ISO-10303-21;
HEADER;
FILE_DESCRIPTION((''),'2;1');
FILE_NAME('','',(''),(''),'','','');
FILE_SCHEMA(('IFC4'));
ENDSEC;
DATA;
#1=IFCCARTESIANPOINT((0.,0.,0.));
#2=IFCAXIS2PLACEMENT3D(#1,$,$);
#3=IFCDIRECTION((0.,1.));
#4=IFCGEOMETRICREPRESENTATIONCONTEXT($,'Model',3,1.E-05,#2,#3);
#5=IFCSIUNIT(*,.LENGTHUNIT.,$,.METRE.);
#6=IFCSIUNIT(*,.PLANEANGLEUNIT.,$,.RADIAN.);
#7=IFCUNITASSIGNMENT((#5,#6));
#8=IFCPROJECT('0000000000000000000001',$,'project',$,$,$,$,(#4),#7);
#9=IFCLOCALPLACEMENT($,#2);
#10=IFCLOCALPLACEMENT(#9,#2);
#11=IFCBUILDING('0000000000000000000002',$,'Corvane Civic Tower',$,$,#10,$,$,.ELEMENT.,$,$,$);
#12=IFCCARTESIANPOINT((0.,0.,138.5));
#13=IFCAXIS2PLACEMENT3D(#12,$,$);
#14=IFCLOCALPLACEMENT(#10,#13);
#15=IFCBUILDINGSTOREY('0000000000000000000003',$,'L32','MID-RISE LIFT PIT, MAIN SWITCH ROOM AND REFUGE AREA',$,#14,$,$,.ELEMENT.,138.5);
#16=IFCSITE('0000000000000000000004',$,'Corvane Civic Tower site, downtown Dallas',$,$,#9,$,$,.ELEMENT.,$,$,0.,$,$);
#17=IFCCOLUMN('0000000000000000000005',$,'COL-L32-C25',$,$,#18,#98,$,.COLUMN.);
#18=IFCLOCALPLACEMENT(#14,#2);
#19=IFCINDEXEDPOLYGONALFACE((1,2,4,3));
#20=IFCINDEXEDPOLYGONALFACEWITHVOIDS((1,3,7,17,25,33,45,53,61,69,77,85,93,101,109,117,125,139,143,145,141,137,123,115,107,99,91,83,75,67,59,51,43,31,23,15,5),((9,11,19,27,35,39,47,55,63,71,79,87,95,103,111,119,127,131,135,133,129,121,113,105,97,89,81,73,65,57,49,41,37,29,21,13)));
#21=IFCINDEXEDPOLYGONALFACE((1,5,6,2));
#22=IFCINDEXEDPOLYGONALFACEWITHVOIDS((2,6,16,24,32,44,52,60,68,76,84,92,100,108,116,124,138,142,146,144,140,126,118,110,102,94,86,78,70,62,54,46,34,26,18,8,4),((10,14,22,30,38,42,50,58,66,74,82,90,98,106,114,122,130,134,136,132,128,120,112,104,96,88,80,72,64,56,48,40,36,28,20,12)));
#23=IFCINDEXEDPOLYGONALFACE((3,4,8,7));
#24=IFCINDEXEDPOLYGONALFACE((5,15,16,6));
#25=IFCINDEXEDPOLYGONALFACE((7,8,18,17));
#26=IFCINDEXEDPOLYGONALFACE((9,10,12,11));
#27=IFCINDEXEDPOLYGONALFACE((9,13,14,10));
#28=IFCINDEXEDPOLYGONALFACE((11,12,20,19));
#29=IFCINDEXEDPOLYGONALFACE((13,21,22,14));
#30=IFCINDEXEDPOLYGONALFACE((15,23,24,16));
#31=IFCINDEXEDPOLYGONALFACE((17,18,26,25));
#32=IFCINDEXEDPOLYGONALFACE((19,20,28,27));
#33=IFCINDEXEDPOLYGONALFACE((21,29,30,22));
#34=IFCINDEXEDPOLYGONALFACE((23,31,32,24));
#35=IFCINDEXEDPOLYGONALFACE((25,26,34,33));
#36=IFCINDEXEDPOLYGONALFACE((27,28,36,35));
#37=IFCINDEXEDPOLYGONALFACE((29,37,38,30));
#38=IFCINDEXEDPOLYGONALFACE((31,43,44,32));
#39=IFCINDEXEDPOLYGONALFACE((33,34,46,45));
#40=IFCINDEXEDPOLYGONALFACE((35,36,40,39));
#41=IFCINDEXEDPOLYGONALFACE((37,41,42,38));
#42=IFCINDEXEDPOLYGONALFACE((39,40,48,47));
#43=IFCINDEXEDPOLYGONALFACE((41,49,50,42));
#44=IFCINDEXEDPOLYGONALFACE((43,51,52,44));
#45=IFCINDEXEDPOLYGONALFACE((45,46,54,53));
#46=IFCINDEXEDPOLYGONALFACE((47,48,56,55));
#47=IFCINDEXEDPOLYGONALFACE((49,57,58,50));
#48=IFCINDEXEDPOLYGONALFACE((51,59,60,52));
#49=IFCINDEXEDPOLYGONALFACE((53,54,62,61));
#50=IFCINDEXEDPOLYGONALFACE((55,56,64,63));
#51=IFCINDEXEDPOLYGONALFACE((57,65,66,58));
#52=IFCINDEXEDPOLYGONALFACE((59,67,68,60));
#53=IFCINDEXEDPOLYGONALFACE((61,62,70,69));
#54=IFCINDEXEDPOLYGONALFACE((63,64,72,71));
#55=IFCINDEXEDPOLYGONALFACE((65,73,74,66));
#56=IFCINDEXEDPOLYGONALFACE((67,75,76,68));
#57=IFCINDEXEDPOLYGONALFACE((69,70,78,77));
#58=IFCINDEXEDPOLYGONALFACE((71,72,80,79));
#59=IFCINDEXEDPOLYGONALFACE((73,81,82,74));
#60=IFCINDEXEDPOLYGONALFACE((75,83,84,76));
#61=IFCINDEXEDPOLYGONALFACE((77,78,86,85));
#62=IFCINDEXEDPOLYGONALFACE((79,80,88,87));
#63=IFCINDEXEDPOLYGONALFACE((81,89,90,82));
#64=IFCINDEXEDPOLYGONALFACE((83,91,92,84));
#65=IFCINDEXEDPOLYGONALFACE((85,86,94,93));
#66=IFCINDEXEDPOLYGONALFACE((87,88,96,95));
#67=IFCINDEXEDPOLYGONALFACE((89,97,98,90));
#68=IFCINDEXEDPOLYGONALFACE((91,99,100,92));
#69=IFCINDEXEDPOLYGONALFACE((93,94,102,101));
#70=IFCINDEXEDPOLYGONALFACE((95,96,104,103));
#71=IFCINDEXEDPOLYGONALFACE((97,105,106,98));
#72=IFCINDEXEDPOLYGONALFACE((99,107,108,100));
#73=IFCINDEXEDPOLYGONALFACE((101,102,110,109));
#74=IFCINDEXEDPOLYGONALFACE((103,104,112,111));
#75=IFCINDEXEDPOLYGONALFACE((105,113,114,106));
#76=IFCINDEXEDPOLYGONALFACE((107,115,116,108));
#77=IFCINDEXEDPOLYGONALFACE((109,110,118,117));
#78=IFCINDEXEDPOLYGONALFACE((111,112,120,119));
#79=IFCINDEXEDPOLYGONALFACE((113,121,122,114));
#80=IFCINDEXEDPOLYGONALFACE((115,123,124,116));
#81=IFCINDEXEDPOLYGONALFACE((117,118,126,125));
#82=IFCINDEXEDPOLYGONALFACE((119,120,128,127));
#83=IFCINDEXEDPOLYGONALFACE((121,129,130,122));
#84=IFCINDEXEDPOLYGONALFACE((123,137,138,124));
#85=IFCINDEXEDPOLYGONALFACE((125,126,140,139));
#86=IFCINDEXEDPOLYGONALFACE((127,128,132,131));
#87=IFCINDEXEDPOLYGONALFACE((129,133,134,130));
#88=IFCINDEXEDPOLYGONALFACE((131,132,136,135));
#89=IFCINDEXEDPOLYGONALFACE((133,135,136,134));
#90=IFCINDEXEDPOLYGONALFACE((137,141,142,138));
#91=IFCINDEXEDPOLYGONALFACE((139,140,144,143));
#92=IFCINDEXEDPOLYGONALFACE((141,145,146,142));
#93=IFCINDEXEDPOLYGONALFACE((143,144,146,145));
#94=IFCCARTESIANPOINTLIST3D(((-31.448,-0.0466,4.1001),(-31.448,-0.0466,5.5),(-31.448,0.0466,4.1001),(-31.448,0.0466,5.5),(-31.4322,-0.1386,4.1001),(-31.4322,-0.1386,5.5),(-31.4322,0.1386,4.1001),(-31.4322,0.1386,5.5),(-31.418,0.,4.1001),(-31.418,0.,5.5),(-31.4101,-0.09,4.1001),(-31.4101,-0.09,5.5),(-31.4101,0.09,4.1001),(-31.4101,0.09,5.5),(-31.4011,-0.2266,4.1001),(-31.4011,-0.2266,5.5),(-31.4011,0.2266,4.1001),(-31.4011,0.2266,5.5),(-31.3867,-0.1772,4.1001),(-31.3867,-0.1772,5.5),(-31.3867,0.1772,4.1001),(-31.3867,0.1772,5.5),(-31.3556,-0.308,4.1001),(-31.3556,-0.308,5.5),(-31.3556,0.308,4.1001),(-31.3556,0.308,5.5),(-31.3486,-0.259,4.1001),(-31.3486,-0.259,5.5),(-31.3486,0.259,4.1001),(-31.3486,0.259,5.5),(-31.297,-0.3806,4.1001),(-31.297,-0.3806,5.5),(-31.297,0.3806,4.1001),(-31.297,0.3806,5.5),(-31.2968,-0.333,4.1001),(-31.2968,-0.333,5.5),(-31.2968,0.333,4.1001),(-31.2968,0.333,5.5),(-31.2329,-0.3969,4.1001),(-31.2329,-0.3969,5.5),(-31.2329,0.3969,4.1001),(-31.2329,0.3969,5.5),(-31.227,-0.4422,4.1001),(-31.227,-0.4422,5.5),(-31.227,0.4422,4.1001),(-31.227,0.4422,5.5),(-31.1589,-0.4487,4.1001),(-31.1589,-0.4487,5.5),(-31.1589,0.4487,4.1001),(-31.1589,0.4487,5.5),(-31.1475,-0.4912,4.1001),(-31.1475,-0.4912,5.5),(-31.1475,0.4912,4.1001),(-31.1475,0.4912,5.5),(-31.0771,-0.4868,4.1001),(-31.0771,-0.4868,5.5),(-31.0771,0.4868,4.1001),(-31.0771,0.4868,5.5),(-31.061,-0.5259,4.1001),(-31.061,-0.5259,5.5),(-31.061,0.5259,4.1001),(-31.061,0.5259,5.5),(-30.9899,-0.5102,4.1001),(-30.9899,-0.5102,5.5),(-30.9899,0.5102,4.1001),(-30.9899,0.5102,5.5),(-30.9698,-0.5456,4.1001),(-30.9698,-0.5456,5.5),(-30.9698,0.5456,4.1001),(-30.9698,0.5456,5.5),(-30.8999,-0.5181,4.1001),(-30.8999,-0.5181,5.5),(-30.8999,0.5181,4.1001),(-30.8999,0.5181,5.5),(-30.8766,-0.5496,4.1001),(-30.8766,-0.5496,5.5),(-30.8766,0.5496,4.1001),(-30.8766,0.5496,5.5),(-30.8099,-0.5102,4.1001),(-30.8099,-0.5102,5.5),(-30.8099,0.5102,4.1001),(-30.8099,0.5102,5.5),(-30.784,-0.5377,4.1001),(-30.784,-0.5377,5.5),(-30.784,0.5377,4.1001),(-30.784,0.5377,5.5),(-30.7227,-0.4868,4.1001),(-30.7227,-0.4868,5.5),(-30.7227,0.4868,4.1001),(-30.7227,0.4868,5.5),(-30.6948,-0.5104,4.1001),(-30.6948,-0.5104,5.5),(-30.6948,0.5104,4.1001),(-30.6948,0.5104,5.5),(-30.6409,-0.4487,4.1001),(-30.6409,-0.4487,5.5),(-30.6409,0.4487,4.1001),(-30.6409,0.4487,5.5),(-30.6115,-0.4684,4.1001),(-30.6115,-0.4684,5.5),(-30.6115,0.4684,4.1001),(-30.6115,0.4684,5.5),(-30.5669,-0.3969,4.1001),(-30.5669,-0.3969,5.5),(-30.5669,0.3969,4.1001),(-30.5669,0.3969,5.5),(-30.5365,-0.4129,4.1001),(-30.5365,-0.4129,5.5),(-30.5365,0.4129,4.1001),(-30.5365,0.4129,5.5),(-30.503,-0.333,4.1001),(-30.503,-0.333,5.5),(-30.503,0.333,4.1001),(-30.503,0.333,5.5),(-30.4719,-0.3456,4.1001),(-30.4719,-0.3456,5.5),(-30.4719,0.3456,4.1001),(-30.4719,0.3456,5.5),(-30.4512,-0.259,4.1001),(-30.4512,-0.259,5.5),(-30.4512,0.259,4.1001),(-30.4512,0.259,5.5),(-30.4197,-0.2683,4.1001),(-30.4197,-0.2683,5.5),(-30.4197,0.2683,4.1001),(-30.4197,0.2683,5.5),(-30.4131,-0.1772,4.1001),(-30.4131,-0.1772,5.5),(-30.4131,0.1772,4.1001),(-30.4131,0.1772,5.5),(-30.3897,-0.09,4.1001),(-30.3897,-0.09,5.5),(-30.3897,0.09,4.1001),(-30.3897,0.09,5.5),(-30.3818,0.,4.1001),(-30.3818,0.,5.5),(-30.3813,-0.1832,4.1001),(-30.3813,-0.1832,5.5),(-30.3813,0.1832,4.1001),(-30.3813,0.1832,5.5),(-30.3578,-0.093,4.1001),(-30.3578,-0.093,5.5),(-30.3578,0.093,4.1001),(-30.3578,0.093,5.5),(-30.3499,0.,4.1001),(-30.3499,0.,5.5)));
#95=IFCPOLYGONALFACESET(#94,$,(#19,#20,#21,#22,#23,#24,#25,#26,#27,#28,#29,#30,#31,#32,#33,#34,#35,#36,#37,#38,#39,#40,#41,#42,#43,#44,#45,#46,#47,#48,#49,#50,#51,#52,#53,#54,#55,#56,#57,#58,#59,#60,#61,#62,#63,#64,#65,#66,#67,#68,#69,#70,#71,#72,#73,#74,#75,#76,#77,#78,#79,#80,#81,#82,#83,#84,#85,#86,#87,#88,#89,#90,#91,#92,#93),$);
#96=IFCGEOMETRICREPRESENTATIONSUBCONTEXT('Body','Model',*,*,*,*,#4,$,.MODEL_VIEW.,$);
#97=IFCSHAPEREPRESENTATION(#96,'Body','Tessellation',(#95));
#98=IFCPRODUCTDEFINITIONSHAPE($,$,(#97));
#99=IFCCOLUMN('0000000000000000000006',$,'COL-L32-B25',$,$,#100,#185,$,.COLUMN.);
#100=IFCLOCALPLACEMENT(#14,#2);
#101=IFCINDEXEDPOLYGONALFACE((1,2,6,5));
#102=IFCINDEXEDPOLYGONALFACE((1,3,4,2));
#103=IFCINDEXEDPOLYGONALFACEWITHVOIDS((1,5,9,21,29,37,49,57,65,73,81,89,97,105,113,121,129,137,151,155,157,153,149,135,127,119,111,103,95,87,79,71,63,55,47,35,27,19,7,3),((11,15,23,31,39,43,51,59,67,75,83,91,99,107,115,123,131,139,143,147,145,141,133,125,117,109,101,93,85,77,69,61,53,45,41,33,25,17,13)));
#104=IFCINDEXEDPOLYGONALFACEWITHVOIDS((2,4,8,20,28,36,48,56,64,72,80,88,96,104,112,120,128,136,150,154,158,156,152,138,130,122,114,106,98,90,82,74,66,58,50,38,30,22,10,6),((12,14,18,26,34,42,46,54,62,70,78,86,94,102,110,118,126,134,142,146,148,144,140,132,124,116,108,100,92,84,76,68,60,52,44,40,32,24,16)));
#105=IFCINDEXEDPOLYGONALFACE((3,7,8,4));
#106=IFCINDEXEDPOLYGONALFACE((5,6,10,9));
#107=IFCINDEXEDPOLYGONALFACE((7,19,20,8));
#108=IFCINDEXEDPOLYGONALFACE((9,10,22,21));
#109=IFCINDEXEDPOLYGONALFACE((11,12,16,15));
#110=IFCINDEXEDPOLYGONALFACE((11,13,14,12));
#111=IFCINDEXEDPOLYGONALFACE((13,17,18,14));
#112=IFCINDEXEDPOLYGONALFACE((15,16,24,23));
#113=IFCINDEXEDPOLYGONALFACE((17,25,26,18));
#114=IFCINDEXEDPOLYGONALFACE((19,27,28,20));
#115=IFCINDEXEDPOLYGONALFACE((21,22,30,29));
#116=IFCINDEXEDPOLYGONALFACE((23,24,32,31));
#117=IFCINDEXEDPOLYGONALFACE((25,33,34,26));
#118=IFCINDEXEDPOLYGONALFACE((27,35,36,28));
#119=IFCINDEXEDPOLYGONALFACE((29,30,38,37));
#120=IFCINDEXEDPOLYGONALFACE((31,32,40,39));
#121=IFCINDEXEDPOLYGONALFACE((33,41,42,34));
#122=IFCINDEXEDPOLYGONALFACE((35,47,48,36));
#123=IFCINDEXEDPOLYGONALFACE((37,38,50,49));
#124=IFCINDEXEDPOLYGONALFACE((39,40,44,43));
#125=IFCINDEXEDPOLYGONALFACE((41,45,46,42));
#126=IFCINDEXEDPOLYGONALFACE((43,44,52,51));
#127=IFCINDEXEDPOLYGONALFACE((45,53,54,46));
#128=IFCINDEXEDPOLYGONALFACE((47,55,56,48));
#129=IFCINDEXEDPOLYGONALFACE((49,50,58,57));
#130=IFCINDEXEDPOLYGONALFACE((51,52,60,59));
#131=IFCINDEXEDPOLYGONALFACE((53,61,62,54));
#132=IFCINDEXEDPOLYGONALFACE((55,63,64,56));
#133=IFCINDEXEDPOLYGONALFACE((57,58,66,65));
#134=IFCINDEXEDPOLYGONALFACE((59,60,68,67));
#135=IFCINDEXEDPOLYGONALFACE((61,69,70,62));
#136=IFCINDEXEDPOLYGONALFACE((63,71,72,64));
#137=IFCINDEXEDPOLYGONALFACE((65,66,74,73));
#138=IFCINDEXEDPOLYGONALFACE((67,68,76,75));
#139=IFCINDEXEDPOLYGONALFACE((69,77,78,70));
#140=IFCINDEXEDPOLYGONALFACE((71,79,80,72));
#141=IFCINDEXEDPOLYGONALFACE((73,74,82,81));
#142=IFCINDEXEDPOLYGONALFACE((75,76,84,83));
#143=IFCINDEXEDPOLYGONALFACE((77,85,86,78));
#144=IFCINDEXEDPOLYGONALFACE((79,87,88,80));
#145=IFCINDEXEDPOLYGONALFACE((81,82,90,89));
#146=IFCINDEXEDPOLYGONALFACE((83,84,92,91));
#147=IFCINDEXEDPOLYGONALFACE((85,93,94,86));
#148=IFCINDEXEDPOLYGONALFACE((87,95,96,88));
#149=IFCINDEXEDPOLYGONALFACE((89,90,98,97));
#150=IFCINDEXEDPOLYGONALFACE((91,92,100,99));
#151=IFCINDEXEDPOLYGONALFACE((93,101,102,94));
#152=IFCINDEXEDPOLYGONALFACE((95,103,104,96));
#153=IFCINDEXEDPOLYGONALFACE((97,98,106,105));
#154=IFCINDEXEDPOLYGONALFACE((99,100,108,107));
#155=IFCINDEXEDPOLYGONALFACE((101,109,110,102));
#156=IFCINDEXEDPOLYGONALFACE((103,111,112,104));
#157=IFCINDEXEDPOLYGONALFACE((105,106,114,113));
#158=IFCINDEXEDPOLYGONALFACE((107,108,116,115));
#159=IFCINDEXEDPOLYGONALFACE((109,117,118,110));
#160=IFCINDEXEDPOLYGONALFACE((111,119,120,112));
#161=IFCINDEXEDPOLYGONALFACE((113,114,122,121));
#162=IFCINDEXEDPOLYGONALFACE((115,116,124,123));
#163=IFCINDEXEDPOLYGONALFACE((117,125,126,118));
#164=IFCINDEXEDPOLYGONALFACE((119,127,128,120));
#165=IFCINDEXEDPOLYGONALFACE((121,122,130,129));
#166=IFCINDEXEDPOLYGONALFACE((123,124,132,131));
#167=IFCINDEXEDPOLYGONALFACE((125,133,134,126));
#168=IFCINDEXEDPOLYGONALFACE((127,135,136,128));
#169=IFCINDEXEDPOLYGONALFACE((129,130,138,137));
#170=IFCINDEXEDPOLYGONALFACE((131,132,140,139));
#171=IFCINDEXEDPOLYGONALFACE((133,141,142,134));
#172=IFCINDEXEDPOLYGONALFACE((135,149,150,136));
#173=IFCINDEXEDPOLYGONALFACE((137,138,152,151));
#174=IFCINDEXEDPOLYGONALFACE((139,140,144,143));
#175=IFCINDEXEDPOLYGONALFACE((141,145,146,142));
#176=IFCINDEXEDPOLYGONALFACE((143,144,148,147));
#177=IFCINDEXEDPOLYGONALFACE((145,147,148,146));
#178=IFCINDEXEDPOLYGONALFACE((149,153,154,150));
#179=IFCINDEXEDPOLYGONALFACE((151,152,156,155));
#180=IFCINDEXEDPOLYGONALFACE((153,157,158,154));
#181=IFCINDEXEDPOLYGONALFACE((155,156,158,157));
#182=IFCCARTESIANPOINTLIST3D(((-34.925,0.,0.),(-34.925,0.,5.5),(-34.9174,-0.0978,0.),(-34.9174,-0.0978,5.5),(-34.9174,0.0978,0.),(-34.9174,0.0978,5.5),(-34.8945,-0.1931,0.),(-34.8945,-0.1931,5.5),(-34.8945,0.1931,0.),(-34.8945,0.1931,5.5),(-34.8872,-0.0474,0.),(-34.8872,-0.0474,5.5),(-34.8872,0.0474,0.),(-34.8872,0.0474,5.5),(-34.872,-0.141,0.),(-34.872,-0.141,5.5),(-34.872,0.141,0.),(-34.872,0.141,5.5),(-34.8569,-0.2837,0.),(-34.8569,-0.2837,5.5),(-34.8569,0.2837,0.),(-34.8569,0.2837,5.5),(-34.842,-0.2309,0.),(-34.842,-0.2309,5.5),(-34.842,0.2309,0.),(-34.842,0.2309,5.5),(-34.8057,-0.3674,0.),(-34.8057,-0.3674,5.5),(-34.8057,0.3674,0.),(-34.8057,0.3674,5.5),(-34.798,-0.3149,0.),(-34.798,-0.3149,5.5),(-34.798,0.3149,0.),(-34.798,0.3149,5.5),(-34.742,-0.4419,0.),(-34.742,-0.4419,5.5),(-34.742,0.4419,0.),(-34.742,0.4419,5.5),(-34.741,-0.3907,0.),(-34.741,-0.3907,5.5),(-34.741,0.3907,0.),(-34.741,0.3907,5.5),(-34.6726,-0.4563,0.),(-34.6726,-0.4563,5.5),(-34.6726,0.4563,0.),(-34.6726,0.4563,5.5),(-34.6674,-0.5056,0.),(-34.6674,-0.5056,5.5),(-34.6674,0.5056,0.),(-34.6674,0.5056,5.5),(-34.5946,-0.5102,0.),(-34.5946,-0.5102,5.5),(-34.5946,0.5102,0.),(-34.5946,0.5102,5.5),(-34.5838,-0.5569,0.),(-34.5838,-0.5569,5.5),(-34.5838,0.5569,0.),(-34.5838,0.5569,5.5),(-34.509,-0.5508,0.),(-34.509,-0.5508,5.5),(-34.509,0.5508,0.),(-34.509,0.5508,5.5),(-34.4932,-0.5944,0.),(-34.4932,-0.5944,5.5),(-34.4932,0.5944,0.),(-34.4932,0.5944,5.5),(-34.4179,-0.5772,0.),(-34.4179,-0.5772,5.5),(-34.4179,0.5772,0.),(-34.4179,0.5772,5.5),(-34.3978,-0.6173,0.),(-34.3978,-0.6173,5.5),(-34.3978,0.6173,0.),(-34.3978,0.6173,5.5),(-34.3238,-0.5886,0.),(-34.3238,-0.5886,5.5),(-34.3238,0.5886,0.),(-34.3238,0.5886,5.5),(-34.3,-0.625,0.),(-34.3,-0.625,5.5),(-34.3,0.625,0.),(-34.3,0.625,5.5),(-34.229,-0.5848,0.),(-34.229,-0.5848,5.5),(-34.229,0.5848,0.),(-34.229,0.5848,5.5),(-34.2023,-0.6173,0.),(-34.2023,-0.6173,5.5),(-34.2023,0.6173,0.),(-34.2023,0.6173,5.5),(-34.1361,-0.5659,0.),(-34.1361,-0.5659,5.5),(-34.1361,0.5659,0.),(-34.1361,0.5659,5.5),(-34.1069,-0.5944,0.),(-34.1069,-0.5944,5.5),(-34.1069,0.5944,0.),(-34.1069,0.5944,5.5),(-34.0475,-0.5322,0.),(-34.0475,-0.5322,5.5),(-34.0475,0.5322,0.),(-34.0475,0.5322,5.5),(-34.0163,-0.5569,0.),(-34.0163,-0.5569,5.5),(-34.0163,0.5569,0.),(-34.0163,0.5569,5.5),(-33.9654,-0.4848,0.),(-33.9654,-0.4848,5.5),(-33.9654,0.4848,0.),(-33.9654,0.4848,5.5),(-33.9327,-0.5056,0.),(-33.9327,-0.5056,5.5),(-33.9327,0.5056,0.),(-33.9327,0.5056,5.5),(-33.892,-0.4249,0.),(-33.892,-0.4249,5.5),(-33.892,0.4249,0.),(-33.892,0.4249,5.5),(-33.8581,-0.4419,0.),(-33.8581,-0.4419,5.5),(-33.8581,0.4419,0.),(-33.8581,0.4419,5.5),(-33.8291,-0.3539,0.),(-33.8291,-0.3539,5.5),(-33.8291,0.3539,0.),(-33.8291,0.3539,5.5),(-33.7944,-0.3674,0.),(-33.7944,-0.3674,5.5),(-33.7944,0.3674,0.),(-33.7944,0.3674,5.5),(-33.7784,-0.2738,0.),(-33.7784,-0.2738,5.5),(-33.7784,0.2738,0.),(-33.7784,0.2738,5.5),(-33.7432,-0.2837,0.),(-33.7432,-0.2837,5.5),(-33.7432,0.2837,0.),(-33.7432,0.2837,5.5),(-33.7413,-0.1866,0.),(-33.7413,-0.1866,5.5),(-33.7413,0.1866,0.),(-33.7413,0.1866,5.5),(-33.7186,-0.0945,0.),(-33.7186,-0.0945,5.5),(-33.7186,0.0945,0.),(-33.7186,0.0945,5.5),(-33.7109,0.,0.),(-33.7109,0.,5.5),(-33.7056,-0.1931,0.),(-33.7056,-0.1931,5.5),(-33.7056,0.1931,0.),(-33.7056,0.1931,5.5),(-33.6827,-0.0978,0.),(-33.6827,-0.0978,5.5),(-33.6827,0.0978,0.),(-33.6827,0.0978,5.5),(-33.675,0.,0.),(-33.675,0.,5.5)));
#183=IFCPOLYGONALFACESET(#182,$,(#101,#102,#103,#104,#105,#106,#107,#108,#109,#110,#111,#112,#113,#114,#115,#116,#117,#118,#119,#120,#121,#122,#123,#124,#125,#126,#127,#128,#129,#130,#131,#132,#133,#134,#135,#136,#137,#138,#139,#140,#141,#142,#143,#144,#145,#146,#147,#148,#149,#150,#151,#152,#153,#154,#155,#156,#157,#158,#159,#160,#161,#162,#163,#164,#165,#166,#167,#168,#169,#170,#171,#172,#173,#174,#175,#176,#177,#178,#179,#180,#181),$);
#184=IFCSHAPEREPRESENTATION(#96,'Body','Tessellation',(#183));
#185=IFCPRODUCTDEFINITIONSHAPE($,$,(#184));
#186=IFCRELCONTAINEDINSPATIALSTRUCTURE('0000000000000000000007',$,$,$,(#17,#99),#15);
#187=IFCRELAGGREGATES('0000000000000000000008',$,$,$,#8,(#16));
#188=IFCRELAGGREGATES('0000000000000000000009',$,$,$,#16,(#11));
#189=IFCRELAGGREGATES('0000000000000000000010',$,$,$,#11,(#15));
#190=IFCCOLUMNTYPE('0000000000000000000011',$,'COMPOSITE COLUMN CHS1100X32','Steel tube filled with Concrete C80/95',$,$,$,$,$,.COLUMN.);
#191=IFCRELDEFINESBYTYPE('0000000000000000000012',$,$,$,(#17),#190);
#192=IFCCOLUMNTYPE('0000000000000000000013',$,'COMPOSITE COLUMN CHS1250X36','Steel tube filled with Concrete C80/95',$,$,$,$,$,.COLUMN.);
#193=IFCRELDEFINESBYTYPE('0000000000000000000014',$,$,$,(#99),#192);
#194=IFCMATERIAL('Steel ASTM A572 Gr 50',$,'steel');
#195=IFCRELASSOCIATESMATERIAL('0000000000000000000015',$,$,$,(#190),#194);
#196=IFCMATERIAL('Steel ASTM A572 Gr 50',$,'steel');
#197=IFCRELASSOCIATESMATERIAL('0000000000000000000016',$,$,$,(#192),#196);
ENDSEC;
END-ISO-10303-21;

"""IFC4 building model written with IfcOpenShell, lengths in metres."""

from ifc_helpers import new_model, si_unit, direction, frame, origin, origin_2d, place, context, subcontext, project, spatial, hollow_circle, extrude, material, material_profile, profile_set, type_object, element, save


model = new_model("IFC4")

# Units and contexts
model_context = context("Model", 3, precision=1e-05, world=origin(), true_north=direction((0.0, 1.0)))
body_context = subcontext(model_context, "Body", "Model", "MODEL_VIEW")
ifc_project = project(units=[si_unit("LENGTHUNIT", "METRE"), si_unit("PLANEANGLEUNIT", "RADIAN")], contexts=[model_context])

# Site, building, storey
site_placement = place(None, origin())
site = spatial("IfcSite", under=ifc_project, at=site_placement, Name="Corvane Civic Tower site, downtown Dallas", CompositionType="ELEMENT", RefElevation=0.0)
building_placement = place(site_placement, origin())
building = spatial("IfcBuilding", under=site, at=building_placement, Name="Corvane Civic Tower", CompositionType="ELEMENT")
storey_placement = place(building_placement, frame((0.0, 0.0, 138.5)))
storey = spatial("IfcBuildingStorey", under=building, at=storey_placement, Name="L32", Description="MID-RISE LIFT PIT, MAIN SWITCH ROOM AND REFUGE AREA", CompositionType="ELEMENT", Elevation=138.5)

# Columns
ifc_material_1 = material(Name="Steel ASTM A572 Gr 50", Category="steel")
ifc_material_profile_1 = material_profile(ifc_material_1, hollow_circle(Radius=0.55, WallThickness=0.032, at=origin_2d()), Name="CHS1100X32")
ifc_profile_set_1 = profile_set([ifc_material_profile_1], Name="Steel ASTM A572 Gr 50")
column_type_1 = type_object("IfcColumnType", Name="COMPOSITE COLUMN CHS1100X32", Description="Steel tube filled with Concrete C80/95", PredefinedType="COLUMN", material=ifc_profile_set_1)
column_1_placement = place(storey_placement, frame((-30.8999, 0.0, 4.1001), z_axis=(0.0, 0.0, 1.0), x_axis=(1.0, 0.0, 0.0)))
element("IfcColumn", 1, at=column_1_placement, inside=storey, type_object=column_type_1, Name="COL-L32-C25", PredefinedType="COLUMN", context=body_context, shape_type="SweptSolid", body=[
    extrude(hollow_circle(Radius=0.55, WallThickness=0.032, at=origin_2d()), origin(), (0.0, 0.0, 1.0), 1.3999),
])
ifc_material_2 = material(Name="Steel ASTM A572 Gr 50", Category="steel")
ifc_material_profile_2 = material_profile(ifc_material_2, hollow_circle(Radius=0.625, WallThickness=0.0359, at=origin_2d()), Name="CHS1250X36")
ifc_profile_set_2 = profile_set([ifc_material_profile_2], Name="Steel ASTM A572 Gr 50")
column_type_2 = type_object("IfcColumnType", Name="COMPOSITE COLUMN CHS1250X36", Description="Steel tube filled with Concrete C80/95", PredefinedType="COLUMN", material=ifc_profile_set_2)
column_2_placement = place(storey_placement, frame((-34.3, 0.0, 0.0), z_axis=(0.0, 0.0, 1.0), x_axis=(1.0, 0.0, 0.0)))
element("IfcColumn", 2, at=column_2_placement, inside=storey, type_object=column_type_2, Name="COL-L32-B25", PredefinedType="COLUMN", context=body_context, shape_type="SweptSolid", body=[
    extrude(hollow_circle(Radius=0.625, WallThickness=0.0359, at=origin_2d()), origin(), (0.0, 0.0, 1.0), 5.5),
])

save(model, "model.ifc")
